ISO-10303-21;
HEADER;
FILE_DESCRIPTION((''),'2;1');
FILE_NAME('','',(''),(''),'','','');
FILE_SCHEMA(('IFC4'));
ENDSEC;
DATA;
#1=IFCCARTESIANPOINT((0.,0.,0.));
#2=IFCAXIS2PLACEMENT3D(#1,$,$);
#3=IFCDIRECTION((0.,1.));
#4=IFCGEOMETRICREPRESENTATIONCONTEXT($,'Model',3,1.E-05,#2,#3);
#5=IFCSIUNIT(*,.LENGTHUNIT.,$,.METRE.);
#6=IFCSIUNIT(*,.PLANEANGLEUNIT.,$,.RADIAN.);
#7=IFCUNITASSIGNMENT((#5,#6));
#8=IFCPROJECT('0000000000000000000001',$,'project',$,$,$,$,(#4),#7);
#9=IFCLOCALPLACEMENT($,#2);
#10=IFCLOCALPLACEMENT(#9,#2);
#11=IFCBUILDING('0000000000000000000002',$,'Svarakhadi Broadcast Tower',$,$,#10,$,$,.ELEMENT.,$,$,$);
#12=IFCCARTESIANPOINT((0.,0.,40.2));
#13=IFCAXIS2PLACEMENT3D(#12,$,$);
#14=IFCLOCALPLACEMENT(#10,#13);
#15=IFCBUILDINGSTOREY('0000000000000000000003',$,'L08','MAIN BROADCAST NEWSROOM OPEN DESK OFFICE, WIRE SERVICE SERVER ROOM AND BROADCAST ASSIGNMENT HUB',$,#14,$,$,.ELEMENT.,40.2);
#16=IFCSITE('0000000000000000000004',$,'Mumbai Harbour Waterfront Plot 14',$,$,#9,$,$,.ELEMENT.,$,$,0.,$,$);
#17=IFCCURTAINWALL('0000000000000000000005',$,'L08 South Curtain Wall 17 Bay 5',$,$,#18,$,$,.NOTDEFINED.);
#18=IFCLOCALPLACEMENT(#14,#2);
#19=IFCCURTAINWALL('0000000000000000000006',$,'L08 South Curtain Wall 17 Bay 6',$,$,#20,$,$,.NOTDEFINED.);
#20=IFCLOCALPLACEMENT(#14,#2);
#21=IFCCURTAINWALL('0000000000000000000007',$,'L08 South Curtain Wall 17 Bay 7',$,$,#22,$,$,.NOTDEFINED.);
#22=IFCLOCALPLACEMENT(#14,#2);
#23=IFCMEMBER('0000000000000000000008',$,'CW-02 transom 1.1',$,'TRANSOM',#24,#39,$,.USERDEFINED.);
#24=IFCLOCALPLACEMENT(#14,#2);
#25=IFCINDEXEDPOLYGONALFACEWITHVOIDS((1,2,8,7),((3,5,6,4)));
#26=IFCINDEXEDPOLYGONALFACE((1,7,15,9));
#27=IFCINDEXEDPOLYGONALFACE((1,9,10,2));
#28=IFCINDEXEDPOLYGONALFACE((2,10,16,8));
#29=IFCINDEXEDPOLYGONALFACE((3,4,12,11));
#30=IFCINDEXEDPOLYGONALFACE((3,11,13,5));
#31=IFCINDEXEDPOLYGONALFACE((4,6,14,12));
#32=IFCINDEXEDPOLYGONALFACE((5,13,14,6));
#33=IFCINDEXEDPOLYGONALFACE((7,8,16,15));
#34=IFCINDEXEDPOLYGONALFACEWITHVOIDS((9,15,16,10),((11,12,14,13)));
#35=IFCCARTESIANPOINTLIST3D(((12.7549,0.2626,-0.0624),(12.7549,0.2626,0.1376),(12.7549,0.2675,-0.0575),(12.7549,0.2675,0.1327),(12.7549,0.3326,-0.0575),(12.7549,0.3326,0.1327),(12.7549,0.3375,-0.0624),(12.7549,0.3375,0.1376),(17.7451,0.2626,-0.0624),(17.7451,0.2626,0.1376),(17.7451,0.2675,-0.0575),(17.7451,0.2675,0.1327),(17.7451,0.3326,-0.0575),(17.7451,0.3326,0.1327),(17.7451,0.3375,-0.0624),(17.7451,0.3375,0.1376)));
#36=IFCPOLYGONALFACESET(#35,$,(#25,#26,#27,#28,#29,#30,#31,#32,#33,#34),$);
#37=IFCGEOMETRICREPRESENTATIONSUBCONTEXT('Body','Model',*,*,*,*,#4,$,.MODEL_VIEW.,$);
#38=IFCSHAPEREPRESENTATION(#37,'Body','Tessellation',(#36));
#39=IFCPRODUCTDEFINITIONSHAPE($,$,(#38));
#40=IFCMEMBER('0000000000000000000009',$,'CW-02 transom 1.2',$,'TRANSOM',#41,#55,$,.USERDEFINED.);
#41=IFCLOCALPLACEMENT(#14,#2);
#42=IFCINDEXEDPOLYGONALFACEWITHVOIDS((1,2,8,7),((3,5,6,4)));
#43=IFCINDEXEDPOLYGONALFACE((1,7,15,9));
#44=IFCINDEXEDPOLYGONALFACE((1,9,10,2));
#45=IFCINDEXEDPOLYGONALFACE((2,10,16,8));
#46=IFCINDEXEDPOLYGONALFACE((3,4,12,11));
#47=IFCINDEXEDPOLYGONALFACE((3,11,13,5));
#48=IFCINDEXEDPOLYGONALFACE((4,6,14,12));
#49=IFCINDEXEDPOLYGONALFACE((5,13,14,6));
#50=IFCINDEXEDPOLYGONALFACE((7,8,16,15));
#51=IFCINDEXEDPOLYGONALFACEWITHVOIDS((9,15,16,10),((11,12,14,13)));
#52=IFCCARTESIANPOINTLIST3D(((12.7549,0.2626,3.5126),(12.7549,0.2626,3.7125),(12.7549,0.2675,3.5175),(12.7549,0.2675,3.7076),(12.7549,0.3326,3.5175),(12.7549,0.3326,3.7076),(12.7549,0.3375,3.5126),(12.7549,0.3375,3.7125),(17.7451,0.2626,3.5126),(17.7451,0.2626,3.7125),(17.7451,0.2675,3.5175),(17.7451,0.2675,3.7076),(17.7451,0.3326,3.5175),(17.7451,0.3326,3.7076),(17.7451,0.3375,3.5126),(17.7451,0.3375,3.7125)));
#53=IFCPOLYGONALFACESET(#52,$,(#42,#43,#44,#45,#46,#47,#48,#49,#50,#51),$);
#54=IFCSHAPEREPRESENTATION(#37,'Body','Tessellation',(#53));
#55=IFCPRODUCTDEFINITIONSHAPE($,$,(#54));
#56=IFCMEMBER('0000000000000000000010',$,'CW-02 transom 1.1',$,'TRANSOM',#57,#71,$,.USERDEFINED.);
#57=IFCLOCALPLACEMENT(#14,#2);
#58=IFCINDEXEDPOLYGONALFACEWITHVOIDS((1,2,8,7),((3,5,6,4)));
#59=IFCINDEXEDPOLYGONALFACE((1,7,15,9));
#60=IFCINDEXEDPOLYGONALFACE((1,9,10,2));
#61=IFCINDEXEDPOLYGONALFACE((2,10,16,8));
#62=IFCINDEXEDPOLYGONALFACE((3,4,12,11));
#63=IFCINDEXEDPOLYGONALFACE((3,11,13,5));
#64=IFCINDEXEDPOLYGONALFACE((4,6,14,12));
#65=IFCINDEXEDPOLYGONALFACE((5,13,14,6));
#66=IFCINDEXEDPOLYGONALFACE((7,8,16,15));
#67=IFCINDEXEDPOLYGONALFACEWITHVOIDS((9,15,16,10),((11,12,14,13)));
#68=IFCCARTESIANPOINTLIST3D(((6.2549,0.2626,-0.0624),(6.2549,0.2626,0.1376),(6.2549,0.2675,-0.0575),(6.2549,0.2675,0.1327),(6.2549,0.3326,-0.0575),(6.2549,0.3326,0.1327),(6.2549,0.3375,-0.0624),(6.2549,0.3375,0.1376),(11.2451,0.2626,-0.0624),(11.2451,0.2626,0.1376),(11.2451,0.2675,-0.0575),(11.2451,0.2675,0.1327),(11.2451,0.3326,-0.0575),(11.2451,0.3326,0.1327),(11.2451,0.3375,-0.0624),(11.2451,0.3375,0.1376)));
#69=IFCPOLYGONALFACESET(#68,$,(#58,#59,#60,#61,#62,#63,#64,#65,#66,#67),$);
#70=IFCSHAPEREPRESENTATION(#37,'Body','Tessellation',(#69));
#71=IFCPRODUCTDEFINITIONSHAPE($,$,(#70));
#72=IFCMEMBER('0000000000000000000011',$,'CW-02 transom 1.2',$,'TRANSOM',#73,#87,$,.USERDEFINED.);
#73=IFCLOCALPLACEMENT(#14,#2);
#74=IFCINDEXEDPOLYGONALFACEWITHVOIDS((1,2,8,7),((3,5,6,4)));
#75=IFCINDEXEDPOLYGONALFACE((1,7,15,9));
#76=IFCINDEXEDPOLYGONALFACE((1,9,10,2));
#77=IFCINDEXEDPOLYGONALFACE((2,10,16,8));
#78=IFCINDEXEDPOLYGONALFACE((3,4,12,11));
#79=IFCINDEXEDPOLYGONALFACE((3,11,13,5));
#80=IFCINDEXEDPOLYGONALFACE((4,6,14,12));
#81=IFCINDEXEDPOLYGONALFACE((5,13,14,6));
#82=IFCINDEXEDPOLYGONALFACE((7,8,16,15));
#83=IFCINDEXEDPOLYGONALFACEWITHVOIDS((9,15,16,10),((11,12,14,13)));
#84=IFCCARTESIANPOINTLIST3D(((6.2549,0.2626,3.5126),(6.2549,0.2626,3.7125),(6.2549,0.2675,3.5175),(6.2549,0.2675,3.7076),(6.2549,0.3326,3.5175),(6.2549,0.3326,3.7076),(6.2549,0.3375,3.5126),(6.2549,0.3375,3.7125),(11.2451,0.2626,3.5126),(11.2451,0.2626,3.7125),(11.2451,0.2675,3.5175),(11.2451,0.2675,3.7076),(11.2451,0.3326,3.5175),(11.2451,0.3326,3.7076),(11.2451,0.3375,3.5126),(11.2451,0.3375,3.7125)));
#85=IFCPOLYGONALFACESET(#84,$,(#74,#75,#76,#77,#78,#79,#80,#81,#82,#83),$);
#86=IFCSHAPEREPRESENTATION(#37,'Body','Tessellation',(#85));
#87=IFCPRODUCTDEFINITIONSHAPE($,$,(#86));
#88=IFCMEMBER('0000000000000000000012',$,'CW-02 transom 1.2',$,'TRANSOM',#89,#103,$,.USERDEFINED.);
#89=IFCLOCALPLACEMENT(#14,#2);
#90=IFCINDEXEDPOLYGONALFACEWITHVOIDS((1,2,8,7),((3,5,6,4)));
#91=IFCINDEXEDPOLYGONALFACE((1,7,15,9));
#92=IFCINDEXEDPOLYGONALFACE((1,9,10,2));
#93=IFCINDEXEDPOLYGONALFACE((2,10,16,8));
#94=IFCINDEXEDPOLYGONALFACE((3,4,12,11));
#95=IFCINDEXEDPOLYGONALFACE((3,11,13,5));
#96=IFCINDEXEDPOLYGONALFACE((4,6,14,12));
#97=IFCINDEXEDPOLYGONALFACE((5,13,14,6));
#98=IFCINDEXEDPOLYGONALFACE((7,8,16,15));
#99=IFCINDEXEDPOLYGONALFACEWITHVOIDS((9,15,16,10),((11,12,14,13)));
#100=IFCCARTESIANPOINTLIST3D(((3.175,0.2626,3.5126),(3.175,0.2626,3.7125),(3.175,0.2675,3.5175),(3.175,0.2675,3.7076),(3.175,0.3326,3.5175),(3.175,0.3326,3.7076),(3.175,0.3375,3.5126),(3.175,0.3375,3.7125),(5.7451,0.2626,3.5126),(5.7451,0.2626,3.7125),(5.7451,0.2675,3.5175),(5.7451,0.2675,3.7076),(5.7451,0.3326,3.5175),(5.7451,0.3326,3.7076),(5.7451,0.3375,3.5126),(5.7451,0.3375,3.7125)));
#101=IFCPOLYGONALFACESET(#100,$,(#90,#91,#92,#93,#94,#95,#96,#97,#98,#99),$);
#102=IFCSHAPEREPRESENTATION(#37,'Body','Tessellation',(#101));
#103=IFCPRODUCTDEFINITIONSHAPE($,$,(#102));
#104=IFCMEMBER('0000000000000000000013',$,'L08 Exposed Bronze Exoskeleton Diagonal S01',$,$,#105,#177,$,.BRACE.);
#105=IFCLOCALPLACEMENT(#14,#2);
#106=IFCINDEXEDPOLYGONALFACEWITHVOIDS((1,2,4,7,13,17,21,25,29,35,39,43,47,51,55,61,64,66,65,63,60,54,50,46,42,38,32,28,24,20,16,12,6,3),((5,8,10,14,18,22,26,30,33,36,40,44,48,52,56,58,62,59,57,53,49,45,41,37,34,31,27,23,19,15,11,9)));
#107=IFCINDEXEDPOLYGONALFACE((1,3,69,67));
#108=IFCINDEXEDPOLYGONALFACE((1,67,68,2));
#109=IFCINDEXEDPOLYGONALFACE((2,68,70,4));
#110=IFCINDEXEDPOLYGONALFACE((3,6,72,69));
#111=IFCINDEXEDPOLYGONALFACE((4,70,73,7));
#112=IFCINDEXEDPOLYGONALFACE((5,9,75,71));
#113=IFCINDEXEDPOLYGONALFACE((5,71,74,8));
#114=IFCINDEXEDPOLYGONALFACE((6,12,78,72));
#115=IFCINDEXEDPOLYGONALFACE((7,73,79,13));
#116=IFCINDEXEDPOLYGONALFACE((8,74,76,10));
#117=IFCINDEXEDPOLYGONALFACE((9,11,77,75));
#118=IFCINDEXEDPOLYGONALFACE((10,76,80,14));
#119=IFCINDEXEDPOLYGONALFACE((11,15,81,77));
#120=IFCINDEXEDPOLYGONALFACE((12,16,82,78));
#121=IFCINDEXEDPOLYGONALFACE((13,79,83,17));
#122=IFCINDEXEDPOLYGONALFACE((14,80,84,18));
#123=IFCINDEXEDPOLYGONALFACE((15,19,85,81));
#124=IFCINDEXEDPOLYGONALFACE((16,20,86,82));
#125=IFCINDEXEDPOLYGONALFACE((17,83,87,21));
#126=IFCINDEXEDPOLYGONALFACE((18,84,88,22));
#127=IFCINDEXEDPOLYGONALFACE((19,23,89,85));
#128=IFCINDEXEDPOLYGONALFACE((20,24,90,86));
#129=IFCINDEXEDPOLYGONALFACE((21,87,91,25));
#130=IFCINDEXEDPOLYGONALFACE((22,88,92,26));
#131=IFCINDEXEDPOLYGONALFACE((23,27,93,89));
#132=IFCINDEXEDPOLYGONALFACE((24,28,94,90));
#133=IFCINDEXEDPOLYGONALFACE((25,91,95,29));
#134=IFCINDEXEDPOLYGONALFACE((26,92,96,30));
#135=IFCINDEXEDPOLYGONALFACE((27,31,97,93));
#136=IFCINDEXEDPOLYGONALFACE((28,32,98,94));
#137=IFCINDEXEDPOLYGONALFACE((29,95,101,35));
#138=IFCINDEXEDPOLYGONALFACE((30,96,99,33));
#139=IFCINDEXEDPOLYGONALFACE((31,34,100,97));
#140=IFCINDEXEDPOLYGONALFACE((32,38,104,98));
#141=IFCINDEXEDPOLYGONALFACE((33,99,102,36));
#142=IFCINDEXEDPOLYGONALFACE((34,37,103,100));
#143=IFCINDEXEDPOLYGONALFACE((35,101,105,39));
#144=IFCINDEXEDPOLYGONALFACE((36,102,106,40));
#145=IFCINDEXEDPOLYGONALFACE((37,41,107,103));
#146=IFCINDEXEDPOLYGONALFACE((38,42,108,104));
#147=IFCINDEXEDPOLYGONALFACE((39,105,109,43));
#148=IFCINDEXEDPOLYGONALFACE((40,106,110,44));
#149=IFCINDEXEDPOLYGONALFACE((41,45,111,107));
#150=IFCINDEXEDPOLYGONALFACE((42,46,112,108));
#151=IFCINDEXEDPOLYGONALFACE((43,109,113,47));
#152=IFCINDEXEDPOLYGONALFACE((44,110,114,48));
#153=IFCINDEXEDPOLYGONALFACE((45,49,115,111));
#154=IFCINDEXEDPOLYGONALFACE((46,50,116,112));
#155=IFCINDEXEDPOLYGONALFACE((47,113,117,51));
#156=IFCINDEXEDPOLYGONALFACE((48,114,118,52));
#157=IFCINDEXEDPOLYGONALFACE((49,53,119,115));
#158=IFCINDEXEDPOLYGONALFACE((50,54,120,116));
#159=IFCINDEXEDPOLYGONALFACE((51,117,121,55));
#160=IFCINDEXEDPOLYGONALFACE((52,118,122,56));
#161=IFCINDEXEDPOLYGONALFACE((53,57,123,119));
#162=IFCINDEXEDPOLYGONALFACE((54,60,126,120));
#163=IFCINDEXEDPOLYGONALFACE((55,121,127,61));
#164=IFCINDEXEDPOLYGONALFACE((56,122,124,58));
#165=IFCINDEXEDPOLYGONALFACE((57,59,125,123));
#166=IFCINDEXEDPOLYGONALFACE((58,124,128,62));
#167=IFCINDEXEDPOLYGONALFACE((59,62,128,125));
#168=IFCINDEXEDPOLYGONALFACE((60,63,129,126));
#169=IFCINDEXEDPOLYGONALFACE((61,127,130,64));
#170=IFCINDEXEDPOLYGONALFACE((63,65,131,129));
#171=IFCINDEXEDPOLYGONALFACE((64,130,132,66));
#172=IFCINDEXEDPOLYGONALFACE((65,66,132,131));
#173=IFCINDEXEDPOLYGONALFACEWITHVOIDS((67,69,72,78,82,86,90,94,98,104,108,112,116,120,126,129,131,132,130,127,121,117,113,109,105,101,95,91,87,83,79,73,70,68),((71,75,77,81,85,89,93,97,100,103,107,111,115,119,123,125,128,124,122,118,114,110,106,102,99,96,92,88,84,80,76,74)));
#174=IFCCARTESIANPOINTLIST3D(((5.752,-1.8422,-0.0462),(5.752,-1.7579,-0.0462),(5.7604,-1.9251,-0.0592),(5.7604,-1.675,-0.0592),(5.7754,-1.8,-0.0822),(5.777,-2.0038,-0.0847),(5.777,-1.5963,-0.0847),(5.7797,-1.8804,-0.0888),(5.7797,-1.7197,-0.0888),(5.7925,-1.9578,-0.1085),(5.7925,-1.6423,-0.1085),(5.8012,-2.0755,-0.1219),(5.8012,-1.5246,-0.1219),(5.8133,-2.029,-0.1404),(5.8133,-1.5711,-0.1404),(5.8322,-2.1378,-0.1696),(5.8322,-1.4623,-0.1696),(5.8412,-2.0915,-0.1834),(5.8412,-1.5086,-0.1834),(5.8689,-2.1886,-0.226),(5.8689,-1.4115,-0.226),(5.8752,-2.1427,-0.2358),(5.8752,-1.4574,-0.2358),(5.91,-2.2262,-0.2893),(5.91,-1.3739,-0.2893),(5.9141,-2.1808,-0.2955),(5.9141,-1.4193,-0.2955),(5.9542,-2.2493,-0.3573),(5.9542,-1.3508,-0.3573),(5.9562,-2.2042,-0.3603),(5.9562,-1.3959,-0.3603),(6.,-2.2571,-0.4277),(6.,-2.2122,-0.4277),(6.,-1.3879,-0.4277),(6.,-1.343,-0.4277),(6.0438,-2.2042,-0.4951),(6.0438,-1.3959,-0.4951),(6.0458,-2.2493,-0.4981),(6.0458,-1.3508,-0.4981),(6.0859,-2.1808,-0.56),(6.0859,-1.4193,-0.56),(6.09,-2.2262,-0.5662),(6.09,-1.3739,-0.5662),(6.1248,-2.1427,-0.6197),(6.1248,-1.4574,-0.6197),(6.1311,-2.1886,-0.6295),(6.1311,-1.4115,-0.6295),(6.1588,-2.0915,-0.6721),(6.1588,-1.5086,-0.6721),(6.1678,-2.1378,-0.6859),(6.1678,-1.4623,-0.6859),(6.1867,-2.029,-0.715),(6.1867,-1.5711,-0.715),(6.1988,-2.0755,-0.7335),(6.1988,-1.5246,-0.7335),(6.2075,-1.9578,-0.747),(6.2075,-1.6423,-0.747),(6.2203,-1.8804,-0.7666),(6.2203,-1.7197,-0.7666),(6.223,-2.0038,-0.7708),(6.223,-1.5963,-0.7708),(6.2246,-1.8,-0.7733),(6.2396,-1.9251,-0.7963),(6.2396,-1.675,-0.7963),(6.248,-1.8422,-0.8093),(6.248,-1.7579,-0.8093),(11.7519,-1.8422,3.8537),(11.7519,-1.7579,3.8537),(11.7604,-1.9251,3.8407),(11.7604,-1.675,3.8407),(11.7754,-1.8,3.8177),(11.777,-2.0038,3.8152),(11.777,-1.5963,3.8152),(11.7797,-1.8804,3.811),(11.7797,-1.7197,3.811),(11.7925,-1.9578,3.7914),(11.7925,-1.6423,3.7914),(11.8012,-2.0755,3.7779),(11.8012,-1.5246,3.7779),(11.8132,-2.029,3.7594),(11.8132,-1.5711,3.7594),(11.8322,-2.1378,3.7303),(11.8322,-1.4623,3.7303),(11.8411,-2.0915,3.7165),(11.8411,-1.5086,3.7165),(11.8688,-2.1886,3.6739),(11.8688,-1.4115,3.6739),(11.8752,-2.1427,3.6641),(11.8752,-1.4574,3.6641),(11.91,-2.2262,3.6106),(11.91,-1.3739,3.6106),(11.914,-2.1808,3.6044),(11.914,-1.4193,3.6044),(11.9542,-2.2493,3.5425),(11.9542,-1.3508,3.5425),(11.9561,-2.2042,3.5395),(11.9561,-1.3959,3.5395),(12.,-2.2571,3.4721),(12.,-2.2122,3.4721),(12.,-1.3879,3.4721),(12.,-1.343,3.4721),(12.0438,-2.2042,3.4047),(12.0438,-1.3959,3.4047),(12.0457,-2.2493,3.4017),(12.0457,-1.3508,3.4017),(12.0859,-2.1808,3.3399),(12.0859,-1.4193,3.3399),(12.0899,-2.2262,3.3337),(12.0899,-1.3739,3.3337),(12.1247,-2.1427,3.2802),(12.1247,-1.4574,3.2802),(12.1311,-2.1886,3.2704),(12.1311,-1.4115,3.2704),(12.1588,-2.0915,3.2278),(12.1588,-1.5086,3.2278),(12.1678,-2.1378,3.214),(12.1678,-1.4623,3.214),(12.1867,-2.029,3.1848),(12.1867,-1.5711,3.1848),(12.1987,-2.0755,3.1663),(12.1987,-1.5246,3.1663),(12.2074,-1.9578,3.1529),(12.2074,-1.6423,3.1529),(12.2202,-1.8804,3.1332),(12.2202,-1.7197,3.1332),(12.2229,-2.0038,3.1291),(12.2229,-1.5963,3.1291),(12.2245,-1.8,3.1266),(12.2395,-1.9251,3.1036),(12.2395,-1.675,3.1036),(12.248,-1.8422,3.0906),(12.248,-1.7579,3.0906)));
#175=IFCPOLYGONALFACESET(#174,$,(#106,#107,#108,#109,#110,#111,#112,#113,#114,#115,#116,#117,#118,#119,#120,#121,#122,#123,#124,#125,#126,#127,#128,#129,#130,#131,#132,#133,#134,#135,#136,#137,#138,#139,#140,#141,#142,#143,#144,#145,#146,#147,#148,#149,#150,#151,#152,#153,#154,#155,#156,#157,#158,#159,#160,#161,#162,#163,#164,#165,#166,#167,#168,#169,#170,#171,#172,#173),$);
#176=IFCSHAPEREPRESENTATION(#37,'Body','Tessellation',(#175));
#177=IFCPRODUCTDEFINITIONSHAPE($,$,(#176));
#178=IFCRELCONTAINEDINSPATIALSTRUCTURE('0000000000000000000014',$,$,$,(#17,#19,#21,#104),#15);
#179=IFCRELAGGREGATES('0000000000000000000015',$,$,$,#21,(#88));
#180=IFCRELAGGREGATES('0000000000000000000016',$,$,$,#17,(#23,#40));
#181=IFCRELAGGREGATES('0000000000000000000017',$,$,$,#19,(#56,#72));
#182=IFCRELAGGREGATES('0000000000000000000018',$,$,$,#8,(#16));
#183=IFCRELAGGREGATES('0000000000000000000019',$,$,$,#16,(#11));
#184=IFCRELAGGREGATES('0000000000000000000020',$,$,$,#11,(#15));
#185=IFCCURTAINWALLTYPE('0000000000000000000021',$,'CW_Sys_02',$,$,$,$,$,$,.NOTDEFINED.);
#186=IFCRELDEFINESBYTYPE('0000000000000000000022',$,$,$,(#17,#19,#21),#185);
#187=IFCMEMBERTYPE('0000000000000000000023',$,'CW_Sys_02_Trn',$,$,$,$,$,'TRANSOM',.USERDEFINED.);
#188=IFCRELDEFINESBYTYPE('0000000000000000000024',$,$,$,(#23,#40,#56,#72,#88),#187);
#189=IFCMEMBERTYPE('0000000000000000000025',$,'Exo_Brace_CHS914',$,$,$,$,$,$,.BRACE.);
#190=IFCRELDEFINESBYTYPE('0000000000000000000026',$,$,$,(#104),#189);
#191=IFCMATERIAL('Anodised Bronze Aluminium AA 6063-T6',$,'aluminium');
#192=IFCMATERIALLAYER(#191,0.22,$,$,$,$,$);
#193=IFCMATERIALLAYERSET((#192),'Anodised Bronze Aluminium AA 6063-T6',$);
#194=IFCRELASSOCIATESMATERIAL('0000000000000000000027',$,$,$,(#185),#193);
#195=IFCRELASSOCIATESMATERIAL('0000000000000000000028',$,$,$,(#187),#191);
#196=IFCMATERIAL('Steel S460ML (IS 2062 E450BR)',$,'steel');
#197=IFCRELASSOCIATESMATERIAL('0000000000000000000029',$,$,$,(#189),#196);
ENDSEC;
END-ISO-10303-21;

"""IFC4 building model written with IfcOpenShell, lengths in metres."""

from ifc_helpers import new_model, si_unit, direction, frame, origin, origin_2d, place, context, subcontext, project, spatial, hollow_rectangle, hollow_circle, extrude, material, layer, layer_set, material_profile, profile_set, type_object, element, aggregate, save


model = new_model("IFC4")

# Units and contexts
model_context = context("Model", 3, precision=1e-05, world=origin(), true_north=direction((0.0, 1.0)))
body_context = subcontext(model_context, "Body", "Model", "MODEL_VIEW")
ifc_project = project(units=[si_unit("LENGTHUNIT", "METRE"), si_unit("PLANEANGLEUNIT", "RADIAN")], contexts=[model_context])

# Site, building, storey
site_placement = place(None, origin())
site = spatial("IfcSite", under=ifc_project, at=site_placement, Name="Mumbai Harbour Waterfront Plot 14", CompositionType="ELEMENT", RefElevation=0.0)
building_placement = place(site_placement, origin())
building = spatial("IfcBuilding", under=site, at=building_placement, Name="Svarakhadi Broadcast Tower", CompositionType="ELEMENT")
storey_placement = place(building_placement, frame((0.0, 0.0, 40.2)))
storey = spatial("IfcBuildingStorey", under=building, at=storey_placement, Name="L08", Description="MAIN BROADCAST NEWSROOM OPEN DESK OFFICE, WIRE SERVICE SERVER ROOM AND BROADCAST ASSIGNMENT HUB", CompositionType="ELEMENT", Elevation=40.2)

# Shared definitions
ifc_material_1 = material(Name="Steel S460ML (IS 2062 E450BR)", Category="steel")

# Curtain walls
ifc_material_2 = material(Name="Anodised Bronze Aluminium AA 6063-T6", Category="aluminium")
ifc_layer_1 = layer(ifc_material_2, 0.22)
ifc_layer_set_1 = layer_set([ifc_layer_1], Name="Anodised Bronze Aluminium AA 6063-T6")
curtain_wall_type = type_object("IfcCurtainWallType", Name="CW_Sys_02", PredefinedType="NOTDEFINED", material=ifc_layer_set_1)
curtain_wall_1_placement = place(storey_placement, origin())
curtain_wall_1 = element("IfcCurtainWall", 1, at=curtain_wall_1_placement, inside=storey, type_object=curtain_wall_type, Name="L08 South Curtain Wall 17 Bay 5", PredefinedType="NOTDEFINED")
curtain_wall_2_placement = place(storey_placement, origin())
curtain_wall_2 = element("IfcCurtainWall", 2, at=curtain_wall_2_placement, inside=storey, type_object=curtain_wall_type, Name="L08 South Curtain Wall 17 Bay 6", PredefinedType="NOTDEFINED")

# Curtain wall
curtain_wall_3_placement = place(storey_placement, origin())
curtain_wall_3 = element("IfcCurtainWall", 3, at=curtain_wall_3_placement, inside=storey, type_object=curtain_wall_type, Name="L08 South Curtain Wall 17 Bay 7", PredefinedType="NOTDEFINED")

# Members
ifc_material_profile_1 = material_profile(ifc_material_2, hollow_rectangle(XDim=0.075, YDim=0.2, WallThickness=0.0049, at=origin_2d()), Name="ALU TRANSOM 200x75x5")
ifc_profile_set_1 = profile_set([ifc_material_profile_1], Name="Anodised Bronze Aluminium AA 6063-T6")
member_type_1 = type_object("IfcMemberType", Name="CW_Sys_02_Trn", ElementType="TRANSOM", PredefinedType="USERDEFINED", material=ifc_profile_set_1)
member_1_placement = place(storey_placement, frame((17.7451, 0.3, 0.0376), z_axis=(-1.0, 0.0, 0.0), x_axis=(0.0, -1.0, 0.0)))
member_1 = element("IfcMember", 4, at=member_1_placement, type_object=member_type_1, Name="CW-02 transom 1.1", ObjectType="TRANSOM", PredefinedType="USERDEFINED", context=body_context, shape_type="SweptSolid", body=[
    extrude(hollow_rectangle(XDim=0.075, YDim=0.2, WallThickness=0.0049, at=origin_2d()), origin(), (0.0, 0.0, 1.0), 4.9902),
])
member_2_placement = place(storey_placement, frame((17.7451, 0.3, 3.6125), z_axis=(-1.0, 0.0, 0.0), x_axis=(0.0, -1.0, 0.0)))
member_2 = element("IfcMember", 5, at=member_2_placement, type_object=member_type_1, Name="CW-02 transom 1.2", ObjectType="TRANSOM", PredefinedType="USERDEFINED", context=body_context, shape_type="SweptSolid", body=[
    extrude(hollow_rectangle(XDim=0.075, YDim=0.2, WallThickness=0.0049, at=origin_2d()), origin(), (0.0, 0.0, 1.0), 4.9902),
])
member_3_placement = place(storey_placement, frame((11.2451, 0.3, 0.0376), z_axis=(-1.0, 0.0, 0.0), x_axis=(0.0, -1.0, 0.0)))
member_3 = element("IfcMember", 6, at=member_3_placement, type_object=member_type_1, Name="CW-02 transom 1.1", ObjectType="TRANSOM", PredefinedType="USERDEFINED", context=body_context, shape_type="SweptSolid", body=[
    extrude(hollow_rectangle(XDim=0.075, YDim=0.2, WallThickness=0.0049, at=origin_2d()), origin(), (0.0, 0.0, 1.0), 4.9902),
])
member_4_placement = place(storey_placement, frame((11.2451, 0.3, 3.6125), z_axis=(-1.0, 0.0, 0.0), x_axis=(0.0, -1.0, 0.0)))
member_4 = element("IfcMember", 7, at=member_4_placement, type_object=member_type_1, Name="CW-02 transom 1.2", ObjectType="TRANSOM", PredefinedType="USERDEFINED", context=body_context, shape_type="SweptSolid", body=[
    extrude(hollow_rectangle(XDim=0.075, YDim=0.2, WallThickness=0.0049, at=origin_2d()), origin(), (0.0, 0.0, 1.0), 4.9902),
])
member_5_placement = place(storey_placement, frame((5.7451, 0.3, 3.6125), z_axis=(-1.0, 0.0, 0.0), x_axis=(0.0, -1.0, 0.0)))
member_5 = element("IfcMember", 8, at=member_5_placement, type_object=member_type_1, Name="CW-02 transom 1.2", ObjectType="TRANSOM", PredefinedType="USERDEFINED", context=body_context, shape_type="SweptSolid", body=[
    extrude(hollow_rectangle(XDim=0.075, YDim=0.2, WallThickness=0.0049, at=origin_2d()), origin(), (0.0, 0.0, 1.0), 2.5701),
])
aggregate(curtain_wall_3, [member_5])

# Member
ifc_material_profile_2 = material_profile(ifc_material_1, hollow_circle(Radius=0.457, WallThickness=0.0449, at=origin_2d()), Name="CHS 914x45")
ifc_profile_set_2 = profile_set([ifc_material_profile_2], Name="Steel S460ML (IS 2062 E450BR)")
member_type_2 = type_object("IfcMemberType", Name="Exo_Brace_CHS914", PredefinedType="BRACE", material=ifc_profile_set_2)
member_6_placement = place(storey_placement, frame((6.0, -1.8, -0.4277), z_axis=(0.83845, 0.0, 0.544979), x_axis=(0.0, 1.0, 0.0)))
element("IfcMember", 9, at=member_6_placement, inside=storey, type_object=member_type_2, Name="L08 Exposed Bronze Exoskeleton Diagonal S01", PredefinedType="BRACE", context=body_context, shape_type="SweptSolid", body=[
    extrude(hollow_circle(Radius=0.457, WallThickness=0.0449, at=origin_2d()), origin(), (0.0, 0.0, 1.0), 7.156),
])

aggregate(curtain_wall_1, [member_1, member_2])
aggregate(curtain_wall_2, [member_3, member_4])

save(model, "model.ifc")
